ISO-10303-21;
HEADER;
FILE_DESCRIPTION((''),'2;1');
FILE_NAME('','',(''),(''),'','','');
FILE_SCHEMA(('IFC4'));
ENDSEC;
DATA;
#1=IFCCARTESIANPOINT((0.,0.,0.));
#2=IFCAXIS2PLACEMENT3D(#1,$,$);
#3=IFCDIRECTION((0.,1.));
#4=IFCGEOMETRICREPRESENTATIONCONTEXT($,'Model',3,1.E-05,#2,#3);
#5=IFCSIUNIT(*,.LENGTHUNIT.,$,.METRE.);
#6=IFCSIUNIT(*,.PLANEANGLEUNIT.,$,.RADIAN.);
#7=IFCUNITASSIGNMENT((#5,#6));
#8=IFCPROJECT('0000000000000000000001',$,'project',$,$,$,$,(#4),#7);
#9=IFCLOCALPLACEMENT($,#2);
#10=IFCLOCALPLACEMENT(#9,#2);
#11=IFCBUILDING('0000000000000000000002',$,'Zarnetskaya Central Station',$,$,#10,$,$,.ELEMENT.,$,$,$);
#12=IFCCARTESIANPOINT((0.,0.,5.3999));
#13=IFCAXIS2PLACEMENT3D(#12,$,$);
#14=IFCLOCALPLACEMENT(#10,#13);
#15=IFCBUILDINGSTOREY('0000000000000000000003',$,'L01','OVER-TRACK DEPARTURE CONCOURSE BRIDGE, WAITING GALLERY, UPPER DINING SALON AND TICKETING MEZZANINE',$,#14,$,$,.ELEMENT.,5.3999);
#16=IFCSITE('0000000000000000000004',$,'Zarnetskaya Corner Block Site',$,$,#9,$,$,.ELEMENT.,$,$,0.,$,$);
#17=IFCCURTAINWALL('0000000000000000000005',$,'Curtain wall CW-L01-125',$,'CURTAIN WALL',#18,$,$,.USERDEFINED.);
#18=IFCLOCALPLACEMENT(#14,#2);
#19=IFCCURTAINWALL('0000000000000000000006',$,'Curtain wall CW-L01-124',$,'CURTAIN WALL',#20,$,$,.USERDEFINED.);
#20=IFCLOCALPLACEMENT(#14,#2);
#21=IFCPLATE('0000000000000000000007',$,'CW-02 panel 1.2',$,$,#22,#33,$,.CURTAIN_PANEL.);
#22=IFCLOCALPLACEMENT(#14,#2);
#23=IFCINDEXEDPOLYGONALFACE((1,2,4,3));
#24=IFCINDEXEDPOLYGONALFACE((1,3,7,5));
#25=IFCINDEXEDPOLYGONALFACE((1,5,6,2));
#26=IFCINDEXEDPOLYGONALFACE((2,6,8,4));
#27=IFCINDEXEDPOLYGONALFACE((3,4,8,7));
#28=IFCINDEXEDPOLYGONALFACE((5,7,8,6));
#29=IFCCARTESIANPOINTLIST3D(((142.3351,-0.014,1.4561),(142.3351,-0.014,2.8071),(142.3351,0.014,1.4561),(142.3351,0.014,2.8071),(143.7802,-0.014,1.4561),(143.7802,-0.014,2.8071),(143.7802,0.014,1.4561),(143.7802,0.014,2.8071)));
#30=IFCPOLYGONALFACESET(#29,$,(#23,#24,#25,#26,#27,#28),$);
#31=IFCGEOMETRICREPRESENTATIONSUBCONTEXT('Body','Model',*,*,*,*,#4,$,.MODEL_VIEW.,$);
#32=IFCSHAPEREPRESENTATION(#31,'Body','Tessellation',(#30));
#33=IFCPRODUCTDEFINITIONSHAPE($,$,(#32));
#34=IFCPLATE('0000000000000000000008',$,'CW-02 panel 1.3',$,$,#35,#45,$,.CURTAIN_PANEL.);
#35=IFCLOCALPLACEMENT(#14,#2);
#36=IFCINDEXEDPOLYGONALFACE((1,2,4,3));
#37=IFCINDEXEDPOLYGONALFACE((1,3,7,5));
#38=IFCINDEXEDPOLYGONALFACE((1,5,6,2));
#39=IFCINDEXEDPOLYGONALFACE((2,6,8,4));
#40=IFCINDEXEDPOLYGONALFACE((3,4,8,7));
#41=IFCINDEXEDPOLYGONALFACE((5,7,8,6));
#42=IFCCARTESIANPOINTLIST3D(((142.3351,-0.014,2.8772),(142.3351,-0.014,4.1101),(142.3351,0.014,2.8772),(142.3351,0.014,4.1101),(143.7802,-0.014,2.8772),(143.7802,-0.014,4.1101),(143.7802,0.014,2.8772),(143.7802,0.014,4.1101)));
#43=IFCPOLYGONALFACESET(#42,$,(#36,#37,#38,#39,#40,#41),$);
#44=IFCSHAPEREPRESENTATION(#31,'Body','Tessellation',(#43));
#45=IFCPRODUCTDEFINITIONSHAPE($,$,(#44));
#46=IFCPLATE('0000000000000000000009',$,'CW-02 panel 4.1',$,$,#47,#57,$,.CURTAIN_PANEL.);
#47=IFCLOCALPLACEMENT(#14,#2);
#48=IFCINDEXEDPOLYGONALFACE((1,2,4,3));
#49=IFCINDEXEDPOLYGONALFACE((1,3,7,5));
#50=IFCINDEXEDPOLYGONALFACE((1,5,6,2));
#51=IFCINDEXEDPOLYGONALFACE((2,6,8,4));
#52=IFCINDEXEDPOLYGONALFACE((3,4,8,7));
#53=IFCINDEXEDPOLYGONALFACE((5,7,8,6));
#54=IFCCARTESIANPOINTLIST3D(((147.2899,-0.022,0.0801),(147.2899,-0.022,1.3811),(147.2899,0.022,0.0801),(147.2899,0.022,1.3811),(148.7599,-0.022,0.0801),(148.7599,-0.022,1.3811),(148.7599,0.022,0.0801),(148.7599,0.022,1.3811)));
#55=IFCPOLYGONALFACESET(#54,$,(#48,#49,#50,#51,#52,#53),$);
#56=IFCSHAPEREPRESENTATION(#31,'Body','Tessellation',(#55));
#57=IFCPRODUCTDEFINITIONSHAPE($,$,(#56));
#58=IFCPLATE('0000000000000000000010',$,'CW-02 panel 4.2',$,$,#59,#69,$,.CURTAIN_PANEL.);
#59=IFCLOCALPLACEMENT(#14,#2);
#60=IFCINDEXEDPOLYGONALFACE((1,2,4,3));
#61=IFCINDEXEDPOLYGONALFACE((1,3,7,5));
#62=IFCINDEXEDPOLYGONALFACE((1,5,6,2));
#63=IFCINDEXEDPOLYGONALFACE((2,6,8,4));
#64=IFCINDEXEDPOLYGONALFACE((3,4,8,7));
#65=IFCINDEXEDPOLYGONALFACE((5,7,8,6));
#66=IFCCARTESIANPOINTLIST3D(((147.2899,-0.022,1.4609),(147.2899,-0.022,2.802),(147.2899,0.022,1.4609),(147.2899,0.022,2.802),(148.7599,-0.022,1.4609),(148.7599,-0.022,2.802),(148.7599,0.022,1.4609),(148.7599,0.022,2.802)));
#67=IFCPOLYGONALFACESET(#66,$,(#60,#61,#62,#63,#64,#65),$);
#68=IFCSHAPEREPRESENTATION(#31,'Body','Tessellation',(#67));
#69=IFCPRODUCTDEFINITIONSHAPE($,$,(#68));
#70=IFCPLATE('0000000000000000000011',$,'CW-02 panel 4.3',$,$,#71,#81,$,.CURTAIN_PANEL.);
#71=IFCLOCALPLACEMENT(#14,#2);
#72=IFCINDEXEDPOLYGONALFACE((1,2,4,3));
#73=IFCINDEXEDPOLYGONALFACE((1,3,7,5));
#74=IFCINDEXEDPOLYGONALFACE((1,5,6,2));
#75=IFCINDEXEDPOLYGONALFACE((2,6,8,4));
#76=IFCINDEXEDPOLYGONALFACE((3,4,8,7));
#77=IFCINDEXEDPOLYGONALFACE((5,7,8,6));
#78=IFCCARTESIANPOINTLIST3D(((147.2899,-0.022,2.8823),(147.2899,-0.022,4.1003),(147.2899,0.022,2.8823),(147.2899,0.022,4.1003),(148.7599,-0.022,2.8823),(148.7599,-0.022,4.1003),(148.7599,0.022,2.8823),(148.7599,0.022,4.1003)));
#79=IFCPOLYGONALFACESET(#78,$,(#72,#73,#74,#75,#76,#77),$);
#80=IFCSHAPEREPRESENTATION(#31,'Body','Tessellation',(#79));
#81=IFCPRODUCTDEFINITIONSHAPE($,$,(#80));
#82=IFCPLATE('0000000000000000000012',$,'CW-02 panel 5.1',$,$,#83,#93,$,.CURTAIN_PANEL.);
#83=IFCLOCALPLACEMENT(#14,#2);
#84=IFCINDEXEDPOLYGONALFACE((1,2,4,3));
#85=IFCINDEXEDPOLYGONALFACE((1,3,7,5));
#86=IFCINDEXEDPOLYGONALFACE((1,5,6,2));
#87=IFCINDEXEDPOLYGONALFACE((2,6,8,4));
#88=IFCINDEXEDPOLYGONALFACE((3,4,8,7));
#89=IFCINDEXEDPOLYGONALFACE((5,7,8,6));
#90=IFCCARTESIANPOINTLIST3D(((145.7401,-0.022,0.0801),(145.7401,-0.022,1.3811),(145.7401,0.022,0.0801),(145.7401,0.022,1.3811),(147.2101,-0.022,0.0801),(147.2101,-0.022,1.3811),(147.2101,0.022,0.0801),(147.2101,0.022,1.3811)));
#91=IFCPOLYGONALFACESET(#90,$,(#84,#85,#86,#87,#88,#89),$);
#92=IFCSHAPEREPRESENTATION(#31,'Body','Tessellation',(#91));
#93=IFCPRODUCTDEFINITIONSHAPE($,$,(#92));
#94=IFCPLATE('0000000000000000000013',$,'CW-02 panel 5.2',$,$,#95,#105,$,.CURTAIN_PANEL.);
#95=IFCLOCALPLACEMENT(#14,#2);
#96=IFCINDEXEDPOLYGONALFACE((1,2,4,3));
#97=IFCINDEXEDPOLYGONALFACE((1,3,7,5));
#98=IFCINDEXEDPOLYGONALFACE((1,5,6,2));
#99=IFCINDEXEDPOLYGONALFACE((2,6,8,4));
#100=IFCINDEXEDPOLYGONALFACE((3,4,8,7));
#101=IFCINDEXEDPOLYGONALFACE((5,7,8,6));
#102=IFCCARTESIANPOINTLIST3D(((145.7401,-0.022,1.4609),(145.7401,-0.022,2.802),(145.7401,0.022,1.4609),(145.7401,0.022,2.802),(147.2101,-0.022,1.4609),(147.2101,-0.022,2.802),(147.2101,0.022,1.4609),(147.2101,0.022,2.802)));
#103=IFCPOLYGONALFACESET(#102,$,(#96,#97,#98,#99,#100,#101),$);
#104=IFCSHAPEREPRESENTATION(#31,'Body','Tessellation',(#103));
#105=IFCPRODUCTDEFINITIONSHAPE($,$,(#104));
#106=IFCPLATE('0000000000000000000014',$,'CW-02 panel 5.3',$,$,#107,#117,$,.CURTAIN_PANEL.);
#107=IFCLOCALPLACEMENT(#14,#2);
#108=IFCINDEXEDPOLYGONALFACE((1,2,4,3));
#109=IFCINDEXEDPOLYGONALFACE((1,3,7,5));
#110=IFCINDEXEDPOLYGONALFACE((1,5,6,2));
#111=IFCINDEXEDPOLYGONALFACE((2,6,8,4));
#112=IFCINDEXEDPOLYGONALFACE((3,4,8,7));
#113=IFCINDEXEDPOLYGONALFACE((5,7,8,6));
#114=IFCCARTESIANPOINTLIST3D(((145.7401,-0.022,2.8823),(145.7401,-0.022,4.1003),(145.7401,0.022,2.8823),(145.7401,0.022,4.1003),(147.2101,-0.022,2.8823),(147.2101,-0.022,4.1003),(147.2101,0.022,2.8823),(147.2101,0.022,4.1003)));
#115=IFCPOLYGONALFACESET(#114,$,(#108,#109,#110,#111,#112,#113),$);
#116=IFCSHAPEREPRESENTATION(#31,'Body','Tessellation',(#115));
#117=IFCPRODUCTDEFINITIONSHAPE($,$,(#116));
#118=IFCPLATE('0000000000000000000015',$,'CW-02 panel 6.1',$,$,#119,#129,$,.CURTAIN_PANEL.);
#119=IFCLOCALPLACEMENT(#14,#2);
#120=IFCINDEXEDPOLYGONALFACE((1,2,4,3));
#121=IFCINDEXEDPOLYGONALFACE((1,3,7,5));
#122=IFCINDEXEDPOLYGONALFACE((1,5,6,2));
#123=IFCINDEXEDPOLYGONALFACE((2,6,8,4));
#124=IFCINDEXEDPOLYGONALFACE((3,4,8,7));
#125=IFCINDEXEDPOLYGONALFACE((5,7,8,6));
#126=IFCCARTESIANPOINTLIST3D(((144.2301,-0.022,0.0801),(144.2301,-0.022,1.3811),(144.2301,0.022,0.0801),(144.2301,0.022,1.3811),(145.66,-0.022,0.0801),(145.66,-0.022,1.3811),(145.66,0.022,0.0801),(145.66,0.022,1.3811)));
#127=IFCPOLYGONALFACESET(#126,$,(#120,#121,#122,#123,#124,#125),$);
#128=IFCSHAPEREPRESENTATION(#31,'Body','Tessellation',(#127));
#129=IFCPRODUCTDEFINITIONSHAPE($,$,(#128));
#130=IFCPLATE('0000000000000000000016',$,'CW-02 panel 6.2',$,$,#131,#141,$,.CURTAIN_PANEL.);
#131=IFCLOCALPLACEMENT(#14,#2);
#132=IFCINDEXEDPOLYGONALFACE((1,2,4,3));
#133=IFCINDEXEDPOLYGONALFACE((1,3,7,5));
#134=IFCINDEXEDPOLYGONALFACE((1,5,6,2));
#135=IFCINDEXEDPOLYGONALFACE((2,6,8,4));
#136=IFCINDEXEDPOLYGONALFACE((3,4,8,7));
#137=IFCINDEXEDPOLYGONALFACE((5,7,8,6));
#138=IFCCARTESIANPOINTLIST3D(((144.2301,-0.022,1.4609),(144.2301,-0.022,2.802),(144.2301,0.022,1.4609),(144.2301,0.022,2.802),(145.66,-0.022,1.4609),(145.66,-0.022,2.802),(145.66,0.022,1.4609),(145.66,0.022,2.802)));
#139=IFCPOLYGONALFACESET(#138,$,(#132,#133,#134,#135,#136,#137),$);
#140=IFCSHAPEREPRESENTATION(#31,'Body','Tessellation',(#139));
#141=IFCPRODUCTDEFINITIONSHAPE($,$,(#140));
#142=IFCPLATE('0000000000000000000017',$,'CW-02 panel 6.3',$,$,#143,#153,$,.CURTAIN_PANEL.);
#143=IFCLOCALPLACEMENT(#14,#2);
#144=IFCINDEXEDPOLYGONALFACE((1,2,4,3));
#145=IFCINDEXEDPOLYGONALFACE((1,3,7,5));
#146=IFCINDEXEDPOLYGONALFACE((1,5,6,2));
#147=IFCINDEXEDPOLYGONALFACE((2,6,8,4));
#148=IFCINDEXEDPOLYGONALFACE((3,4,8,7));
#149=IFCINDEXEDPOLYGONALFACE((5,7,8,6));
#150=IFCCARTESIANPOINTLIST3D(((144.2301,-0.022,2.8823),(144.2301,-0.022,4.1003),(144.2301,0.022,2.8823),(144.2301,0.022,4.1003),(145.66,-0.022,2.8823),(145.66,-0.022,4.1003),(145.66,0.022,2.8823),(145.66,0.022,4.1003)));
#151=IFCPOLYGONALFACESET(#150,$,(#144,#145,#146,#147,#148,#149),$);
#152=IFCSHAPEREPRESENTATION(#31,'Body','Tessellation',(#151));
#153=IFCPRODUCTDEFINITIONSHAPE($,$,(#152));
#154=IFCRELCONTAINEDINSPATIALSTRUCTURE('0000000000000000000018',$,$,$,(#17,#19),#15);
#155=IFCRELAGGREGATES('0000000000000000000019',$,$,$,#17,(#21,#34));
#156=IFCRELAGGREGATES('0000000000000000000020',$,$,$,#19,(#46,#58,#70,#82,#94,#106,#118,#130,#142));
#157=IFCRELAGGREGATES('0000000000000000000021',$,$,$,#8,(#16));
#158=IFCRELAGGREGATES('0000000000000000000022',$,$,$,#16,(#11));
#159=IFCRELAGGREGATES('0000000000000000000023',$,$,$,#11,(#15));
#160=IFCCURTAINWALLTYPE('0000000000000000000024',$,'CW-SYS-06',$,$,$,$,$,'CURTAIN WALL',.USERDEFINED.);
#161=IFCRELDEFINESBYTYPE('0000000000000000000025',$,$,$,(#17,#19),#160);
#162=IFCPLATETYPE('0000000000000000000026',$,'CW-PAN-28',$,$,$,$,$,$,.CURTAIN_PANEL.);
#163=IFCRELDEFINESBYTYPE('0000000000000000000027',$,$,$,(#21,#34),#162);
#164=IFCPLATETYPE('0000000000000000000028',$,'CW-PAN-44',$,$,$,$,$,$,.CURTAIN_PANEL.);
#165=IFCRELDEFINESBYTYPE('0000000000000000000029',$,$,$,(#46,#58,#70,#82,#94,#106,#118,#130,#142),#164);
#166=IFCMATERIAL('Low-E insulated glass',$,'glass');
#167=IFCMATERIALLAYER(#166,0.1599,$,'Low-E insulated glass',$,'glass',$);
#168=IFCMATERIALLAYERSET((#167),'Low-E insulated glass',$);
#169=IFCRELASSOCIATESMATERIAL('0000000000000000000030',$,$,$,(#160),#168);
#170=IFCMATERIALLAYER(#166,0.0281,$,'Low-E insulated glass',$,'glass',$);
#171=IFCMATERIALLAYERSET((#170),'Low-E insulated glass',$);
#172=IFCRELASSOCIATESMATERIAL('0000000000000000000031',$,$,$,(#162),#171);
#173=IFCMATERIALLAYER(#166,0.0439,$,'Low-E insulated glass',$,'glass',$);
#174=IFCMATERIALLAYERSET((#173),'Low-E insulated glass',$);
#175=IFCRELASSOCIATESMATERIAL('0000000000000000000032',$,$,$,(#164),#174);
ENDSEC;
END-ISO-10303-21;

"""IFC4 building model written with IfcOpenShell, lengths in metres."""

from ifc_helpers import new_model, si_unit, direction, frame, origin, origin_2d, place, context, subcontext, project, spatial, rectangle, extrude, material, layer, layer_set, type_object, element, aggregate, save


model = new_model("IFC4")

# Units and contexts
model_context = context("Model", 3, precision=1e-05, world=origin(), true_north=direction((0.0, 1.0)))
body_context = subcontext(model_context, "Body", "Model", "MODEL_VIEW")
ifc_project = project(units=[si_unit("LENGTHUNIT", "METRE"), si_unit("PLANEANGLEUNIT", "RADIAN")], contexts=[model_context])

# Site, building, storey
site_placement = place(None, origin())
site = spatial("IfcSite", under=ifc_project, at=site_placement, Name="Zarnetskaya Corner Block Site", CompositionType="ELEMENT", RefElevation=0.0)
building_placement = place(site_placement, origin())
building = spatial("IfcBuilding", under=site, at=building_placement, Name="Zarnetskaya Central Station", CompositionType="ELEMENT")
storey_placement = place(building_placement, frame((0.0, 0.0, 5.3999)))
storey = spatial("IfcBuildingStorey", under=building, at=storey_placement, Name="L01", Description="OVER-TRACK DEPARTURE CONCOURSE BRIDGE, WAITING GALLERY, UPPER DINING SALON AND TICKETING MEZZANINE", CompositionType="ELEMENT", Elevation=5.3999)

# Curtain walls
ifc_material_1 = material(Name="Low-E insulated glass", Category="glass")
ifc_layer_1 = layer(ifc_material_1, 0.1599, Name="Low-E insulated glass", Category="glass")
ifc_layer_set_1 = layer_set([ifc_layer_1], Name="Low-E insulated glass")
curtain_wall_type = type_object("IfcCurtainWallType", Name="CW-SYS-06", ElementType="CURTAIN WALL", PredefinedType="USERDEFINED", material=ifc_layer_set_1)
curtain_wall_1_placement = place(storey_placement, origin())
curtain_wall_1 = element("IfcCurtainWall", 1, at=curtain_wall_1_placement, inside=storey, type_object=curtain_wall_type, Name="Curtain wall CW-L01-125", ObjectType="CURTAIN WALL", PredefinedType="USERDEFINED")
curtain_wall_2_placement = place(storey_placement, origin())
curtain_wall_2 = element("IfcCurtainWall", 2, at=curtain_wall_2_placement, inside=storey, type_object=curtain_wall_type, Name="Curtain wall CW-L01-124", ObjectType="CURTAIN WALL", PredefinedType="USERDEFINED")

# Plates
ifc_layer_2 = layer(ifc_material_1, 0.0281, Name="Low-E insulated glass", Category="glass")
ifc_layer_set_2 = layer_set([ifc_layer_2], Name="Low-E insulated glass")
plate_type_1 = type_object("IfcPlateType", Name="CW-PAN-28", PredefinedType="CURTAIN_PANEL", material=ifc_layer_set_2)
plate_1_placement = place(storey_placement, frame((143.0576, 0.0, 1.4561), z_axis=(0.0, 0.0, 1.0), x_axis=(-1.0, 0.0, 0.0)))
plate_1 = element("IfcPlate", 3, at=plate_1_placement, type_object=plate_type_1, Name="CW-02 panel 1.2", PredefinedType="CURTAIN_PANEL", context=body_context, shape_type="SweptSolid", body=[
    extrude(rectangle(XDim=1.4451, YDim=0.0281, at=origin_2d()), origin(), (0.0, 0.0, 1.0), 1.3511),
])
plate_2_placement = place(storey_placement, frame((143.0576, 0.0, 2.8772), z_axis=(0.0, 0.0, 1.0), x_axis=(-1.0, 0.0, 0.0)))
plate_2 = element("IfcPlate", 4, at=plate_2_placement, type_object=plate_type_1, Name="CW-02 panel 1.3", PredefinedType="CURTAIN_PANEL", context=body_context, shape_type="SweptSolid", body=[
    extrude(rectangle(XDim=1.4451, YDim=0.0281, at=origin_2d()), origin(), (0.0, 0.0, 1.0), 1.2329),
])
aggregate(curtain_wall_1, [plate_1, plate_2])
ifc_layer_3 = layer(ifc_material_1, 0.0439, Name="Low-E insulated glass", Category="glass")
ifc_layer_set_3 = layer_set([ifc_layer_3], Name="Low-E insulated glass")
plate_type_2 = type_object("IfcPlateType", Name="CW-PAN-44", PredefinedType="CURTAIN_PANEL", material=ifc_layer_set_3)
plate_3_placement = place(storey_placement, frame((148.0249, 0.0, 0.0801), z_axis=(0.0, 0.0, 1.0), x_axis=(-1.0, 0.0, 0.0)))
plate_3 = element("IfcPlate", 5, at=plate_3_placement, type_object=plate_type_2, Name="CW-02 panel 4.1", PredefinedType="CURTAIN_PANEL", context=body_context, shape_type="SweptSolid", body=[
    extrude(rectangle(XDim=1.47, YDim=0.0439, at=origin_2d()), origin(), (0.0, 0.0, 1.0), 1.301),
])
plate_4_placement = place(storey_placement, frame((148.0249, 0.0, 1.4609), z_axis=(0.0, 0.0, 1.0), x_axis=(-1.0, 0.0, 0.0)))
plate_4 = element("IfcPlate", 6, at=plate_4_placement, type_object=plate_type_2, Name="CW-02 panel 4.2", PredefinedType="CURTAIN_PANEL", context=body_context, shape_type="SweptSolid", body=[
    extrude(rectangle(XDim=1.47, YDim=0.0439, at=origin_2d()), origin(), (0.0, 0.0, 1.0), 1.3411),
])
plate_5_placement = place(storey_placement, frame((148.0249, 0.0, 2.8823), z_axis=(0.0, 0.0, 1.0), x_axis=(-1.0, 0.0, 0.0)))
plate_5 = element("IfcPlate", 7, at=plate_5_placement, type_object=plate_type_2, Name="CW-02 panel 4.3", PredefinedType="CURTAIN_PANEL", context=body_context, shape_type="SweptSolid", body=[
    extrude(rectangle(XDim=1.47, YDim=0.0439, at=origin_2d()), origin(), (0.0, 0.0, 1.0), 1.218),
])
plate_6_placement = place(storey_placement, frame((146.4751, 0.0, 0.0801), z_axis=(0.0, 0.0, 1.0), x_axis=(-1.0, 0.0, 0.0)))
plate_6 = element("IfcPlate", 8, at=plate_6_placement, type_object=plate_type_2, Name="CW-02 panel 5.1", PredefinedType="CURTAIN_PANEL", context=body_context, shape_type="SweptSolid", body=[
    extrude(rectangle(XDim=1.47, YDim=0.0439, at=origin_2d()), origin(), (0.0, 0.0, 1.0), 1.301),
])
plate_7_placement = place(storey_placement, frame((146.4751, 0.0, 1.4609), z_axis=(0.0, 0.0, 1.0), x_axis=(-1.0, 0.0, 0.0)))
plate_7 = element("IfcPlate", 9, at=plate_7_placement, type_object=plate_type_2, Name="CW-02 panel 5.2", PredefinedType="CURTAIN_PANEL", context=body_context, shape_type="SweptSolid", body=[
    extrude(rectangle(XDim=1.47, YDim=0.0439, at=origin_2d()), origin(), (0.0, 0.0, 1.0), 1.3411),
])
plate_8_placement = place(storey_placement, frame((146.4751, 0.0, 2.8823), z_axis=(0.0, 0.0, 1.0), x_axis=(-1.0, 0.0, 0.0)))
plate_8 = element("IfcPlate", 10, at=plate_8_placement, type_object=plate_type_2, Name="CW-02 panel 5.3", PredefinedType="CURTAIN_PANEL", context=body_context, shape_type="SweptSolid", body=[
    extrude(rectangle(XDim=1.47, YDim=0.0439, at=origin_2d()), origin(), (0.0, 0.0, 1.0), 1.218),
])
plate_9_placement = place(storey_placement, frame((144.9451, 0.0, 0.0801), z_axis=(0.0, 0.0, 1.0), x_axis=(-1.0, 0.0, 0.0)))
plate_9 = element("IfcPlate", 11, at=plate_9_placement, type_object=plate_type_2, Name="CW-02 panel 6.1", PredefinedType="CURTAIN_PANEL", context=body_context, shape_type="SweptSolid", body=[
    extrude(rectangle(XDim=1.4299, YDim=0.0439, at=origin_2d()), origin(), (0.0, 0.0, 1.0), 1.301),
])
plate_10_placement = place(storey_placement, frame((144.9451, 0.0, 1.4609), z_axis=(0.0, 0.0, 1.0), x_axis=(-1.0, 0.0, 0.0)))
plate_10 = element("IfcPlate", 12, at=plate_10_placement, type_object=plate_type_2, Name="CW-02 panel 6.2", PredefinedType="CURTAIN_PANEL", context=body_context, shape_type="SweptSolid", body=[
    extrude(rectangle(XDim=1.4299, YDim=0.0439, at=origin_2d()), origin(), (0.0, 0.0, 1.0), 1.3411),
])
plate_11_placement = place(storey_placement, frame((144.9451, 0.0, 2.8823), z_axis=(0.0, 0.0, 1.0), x_axis=(-1.0, 0.0, 0.0)))
plate_11 = element("IfcPlate", 13, at=plate_11_placement, type_object=plate_type_2, Name="CW-02 panel 6.3", PredefinedType="CURTAIN_PANEL", context=body_context, shape_type="SweptSolid", body=[
    extrude(rectangle(XDim=1.4299, YDim=0.0439, at=origin_2d()), origin(), (0.0, 0.0, 1.0), 1.218),
])
aggregate(curtain_wall_2, [plate_3, plate_4, plate_5, plate_6, plate_7, plate_8, plate_9, plate_10, plate_11])

save(model, "model.ifc")
